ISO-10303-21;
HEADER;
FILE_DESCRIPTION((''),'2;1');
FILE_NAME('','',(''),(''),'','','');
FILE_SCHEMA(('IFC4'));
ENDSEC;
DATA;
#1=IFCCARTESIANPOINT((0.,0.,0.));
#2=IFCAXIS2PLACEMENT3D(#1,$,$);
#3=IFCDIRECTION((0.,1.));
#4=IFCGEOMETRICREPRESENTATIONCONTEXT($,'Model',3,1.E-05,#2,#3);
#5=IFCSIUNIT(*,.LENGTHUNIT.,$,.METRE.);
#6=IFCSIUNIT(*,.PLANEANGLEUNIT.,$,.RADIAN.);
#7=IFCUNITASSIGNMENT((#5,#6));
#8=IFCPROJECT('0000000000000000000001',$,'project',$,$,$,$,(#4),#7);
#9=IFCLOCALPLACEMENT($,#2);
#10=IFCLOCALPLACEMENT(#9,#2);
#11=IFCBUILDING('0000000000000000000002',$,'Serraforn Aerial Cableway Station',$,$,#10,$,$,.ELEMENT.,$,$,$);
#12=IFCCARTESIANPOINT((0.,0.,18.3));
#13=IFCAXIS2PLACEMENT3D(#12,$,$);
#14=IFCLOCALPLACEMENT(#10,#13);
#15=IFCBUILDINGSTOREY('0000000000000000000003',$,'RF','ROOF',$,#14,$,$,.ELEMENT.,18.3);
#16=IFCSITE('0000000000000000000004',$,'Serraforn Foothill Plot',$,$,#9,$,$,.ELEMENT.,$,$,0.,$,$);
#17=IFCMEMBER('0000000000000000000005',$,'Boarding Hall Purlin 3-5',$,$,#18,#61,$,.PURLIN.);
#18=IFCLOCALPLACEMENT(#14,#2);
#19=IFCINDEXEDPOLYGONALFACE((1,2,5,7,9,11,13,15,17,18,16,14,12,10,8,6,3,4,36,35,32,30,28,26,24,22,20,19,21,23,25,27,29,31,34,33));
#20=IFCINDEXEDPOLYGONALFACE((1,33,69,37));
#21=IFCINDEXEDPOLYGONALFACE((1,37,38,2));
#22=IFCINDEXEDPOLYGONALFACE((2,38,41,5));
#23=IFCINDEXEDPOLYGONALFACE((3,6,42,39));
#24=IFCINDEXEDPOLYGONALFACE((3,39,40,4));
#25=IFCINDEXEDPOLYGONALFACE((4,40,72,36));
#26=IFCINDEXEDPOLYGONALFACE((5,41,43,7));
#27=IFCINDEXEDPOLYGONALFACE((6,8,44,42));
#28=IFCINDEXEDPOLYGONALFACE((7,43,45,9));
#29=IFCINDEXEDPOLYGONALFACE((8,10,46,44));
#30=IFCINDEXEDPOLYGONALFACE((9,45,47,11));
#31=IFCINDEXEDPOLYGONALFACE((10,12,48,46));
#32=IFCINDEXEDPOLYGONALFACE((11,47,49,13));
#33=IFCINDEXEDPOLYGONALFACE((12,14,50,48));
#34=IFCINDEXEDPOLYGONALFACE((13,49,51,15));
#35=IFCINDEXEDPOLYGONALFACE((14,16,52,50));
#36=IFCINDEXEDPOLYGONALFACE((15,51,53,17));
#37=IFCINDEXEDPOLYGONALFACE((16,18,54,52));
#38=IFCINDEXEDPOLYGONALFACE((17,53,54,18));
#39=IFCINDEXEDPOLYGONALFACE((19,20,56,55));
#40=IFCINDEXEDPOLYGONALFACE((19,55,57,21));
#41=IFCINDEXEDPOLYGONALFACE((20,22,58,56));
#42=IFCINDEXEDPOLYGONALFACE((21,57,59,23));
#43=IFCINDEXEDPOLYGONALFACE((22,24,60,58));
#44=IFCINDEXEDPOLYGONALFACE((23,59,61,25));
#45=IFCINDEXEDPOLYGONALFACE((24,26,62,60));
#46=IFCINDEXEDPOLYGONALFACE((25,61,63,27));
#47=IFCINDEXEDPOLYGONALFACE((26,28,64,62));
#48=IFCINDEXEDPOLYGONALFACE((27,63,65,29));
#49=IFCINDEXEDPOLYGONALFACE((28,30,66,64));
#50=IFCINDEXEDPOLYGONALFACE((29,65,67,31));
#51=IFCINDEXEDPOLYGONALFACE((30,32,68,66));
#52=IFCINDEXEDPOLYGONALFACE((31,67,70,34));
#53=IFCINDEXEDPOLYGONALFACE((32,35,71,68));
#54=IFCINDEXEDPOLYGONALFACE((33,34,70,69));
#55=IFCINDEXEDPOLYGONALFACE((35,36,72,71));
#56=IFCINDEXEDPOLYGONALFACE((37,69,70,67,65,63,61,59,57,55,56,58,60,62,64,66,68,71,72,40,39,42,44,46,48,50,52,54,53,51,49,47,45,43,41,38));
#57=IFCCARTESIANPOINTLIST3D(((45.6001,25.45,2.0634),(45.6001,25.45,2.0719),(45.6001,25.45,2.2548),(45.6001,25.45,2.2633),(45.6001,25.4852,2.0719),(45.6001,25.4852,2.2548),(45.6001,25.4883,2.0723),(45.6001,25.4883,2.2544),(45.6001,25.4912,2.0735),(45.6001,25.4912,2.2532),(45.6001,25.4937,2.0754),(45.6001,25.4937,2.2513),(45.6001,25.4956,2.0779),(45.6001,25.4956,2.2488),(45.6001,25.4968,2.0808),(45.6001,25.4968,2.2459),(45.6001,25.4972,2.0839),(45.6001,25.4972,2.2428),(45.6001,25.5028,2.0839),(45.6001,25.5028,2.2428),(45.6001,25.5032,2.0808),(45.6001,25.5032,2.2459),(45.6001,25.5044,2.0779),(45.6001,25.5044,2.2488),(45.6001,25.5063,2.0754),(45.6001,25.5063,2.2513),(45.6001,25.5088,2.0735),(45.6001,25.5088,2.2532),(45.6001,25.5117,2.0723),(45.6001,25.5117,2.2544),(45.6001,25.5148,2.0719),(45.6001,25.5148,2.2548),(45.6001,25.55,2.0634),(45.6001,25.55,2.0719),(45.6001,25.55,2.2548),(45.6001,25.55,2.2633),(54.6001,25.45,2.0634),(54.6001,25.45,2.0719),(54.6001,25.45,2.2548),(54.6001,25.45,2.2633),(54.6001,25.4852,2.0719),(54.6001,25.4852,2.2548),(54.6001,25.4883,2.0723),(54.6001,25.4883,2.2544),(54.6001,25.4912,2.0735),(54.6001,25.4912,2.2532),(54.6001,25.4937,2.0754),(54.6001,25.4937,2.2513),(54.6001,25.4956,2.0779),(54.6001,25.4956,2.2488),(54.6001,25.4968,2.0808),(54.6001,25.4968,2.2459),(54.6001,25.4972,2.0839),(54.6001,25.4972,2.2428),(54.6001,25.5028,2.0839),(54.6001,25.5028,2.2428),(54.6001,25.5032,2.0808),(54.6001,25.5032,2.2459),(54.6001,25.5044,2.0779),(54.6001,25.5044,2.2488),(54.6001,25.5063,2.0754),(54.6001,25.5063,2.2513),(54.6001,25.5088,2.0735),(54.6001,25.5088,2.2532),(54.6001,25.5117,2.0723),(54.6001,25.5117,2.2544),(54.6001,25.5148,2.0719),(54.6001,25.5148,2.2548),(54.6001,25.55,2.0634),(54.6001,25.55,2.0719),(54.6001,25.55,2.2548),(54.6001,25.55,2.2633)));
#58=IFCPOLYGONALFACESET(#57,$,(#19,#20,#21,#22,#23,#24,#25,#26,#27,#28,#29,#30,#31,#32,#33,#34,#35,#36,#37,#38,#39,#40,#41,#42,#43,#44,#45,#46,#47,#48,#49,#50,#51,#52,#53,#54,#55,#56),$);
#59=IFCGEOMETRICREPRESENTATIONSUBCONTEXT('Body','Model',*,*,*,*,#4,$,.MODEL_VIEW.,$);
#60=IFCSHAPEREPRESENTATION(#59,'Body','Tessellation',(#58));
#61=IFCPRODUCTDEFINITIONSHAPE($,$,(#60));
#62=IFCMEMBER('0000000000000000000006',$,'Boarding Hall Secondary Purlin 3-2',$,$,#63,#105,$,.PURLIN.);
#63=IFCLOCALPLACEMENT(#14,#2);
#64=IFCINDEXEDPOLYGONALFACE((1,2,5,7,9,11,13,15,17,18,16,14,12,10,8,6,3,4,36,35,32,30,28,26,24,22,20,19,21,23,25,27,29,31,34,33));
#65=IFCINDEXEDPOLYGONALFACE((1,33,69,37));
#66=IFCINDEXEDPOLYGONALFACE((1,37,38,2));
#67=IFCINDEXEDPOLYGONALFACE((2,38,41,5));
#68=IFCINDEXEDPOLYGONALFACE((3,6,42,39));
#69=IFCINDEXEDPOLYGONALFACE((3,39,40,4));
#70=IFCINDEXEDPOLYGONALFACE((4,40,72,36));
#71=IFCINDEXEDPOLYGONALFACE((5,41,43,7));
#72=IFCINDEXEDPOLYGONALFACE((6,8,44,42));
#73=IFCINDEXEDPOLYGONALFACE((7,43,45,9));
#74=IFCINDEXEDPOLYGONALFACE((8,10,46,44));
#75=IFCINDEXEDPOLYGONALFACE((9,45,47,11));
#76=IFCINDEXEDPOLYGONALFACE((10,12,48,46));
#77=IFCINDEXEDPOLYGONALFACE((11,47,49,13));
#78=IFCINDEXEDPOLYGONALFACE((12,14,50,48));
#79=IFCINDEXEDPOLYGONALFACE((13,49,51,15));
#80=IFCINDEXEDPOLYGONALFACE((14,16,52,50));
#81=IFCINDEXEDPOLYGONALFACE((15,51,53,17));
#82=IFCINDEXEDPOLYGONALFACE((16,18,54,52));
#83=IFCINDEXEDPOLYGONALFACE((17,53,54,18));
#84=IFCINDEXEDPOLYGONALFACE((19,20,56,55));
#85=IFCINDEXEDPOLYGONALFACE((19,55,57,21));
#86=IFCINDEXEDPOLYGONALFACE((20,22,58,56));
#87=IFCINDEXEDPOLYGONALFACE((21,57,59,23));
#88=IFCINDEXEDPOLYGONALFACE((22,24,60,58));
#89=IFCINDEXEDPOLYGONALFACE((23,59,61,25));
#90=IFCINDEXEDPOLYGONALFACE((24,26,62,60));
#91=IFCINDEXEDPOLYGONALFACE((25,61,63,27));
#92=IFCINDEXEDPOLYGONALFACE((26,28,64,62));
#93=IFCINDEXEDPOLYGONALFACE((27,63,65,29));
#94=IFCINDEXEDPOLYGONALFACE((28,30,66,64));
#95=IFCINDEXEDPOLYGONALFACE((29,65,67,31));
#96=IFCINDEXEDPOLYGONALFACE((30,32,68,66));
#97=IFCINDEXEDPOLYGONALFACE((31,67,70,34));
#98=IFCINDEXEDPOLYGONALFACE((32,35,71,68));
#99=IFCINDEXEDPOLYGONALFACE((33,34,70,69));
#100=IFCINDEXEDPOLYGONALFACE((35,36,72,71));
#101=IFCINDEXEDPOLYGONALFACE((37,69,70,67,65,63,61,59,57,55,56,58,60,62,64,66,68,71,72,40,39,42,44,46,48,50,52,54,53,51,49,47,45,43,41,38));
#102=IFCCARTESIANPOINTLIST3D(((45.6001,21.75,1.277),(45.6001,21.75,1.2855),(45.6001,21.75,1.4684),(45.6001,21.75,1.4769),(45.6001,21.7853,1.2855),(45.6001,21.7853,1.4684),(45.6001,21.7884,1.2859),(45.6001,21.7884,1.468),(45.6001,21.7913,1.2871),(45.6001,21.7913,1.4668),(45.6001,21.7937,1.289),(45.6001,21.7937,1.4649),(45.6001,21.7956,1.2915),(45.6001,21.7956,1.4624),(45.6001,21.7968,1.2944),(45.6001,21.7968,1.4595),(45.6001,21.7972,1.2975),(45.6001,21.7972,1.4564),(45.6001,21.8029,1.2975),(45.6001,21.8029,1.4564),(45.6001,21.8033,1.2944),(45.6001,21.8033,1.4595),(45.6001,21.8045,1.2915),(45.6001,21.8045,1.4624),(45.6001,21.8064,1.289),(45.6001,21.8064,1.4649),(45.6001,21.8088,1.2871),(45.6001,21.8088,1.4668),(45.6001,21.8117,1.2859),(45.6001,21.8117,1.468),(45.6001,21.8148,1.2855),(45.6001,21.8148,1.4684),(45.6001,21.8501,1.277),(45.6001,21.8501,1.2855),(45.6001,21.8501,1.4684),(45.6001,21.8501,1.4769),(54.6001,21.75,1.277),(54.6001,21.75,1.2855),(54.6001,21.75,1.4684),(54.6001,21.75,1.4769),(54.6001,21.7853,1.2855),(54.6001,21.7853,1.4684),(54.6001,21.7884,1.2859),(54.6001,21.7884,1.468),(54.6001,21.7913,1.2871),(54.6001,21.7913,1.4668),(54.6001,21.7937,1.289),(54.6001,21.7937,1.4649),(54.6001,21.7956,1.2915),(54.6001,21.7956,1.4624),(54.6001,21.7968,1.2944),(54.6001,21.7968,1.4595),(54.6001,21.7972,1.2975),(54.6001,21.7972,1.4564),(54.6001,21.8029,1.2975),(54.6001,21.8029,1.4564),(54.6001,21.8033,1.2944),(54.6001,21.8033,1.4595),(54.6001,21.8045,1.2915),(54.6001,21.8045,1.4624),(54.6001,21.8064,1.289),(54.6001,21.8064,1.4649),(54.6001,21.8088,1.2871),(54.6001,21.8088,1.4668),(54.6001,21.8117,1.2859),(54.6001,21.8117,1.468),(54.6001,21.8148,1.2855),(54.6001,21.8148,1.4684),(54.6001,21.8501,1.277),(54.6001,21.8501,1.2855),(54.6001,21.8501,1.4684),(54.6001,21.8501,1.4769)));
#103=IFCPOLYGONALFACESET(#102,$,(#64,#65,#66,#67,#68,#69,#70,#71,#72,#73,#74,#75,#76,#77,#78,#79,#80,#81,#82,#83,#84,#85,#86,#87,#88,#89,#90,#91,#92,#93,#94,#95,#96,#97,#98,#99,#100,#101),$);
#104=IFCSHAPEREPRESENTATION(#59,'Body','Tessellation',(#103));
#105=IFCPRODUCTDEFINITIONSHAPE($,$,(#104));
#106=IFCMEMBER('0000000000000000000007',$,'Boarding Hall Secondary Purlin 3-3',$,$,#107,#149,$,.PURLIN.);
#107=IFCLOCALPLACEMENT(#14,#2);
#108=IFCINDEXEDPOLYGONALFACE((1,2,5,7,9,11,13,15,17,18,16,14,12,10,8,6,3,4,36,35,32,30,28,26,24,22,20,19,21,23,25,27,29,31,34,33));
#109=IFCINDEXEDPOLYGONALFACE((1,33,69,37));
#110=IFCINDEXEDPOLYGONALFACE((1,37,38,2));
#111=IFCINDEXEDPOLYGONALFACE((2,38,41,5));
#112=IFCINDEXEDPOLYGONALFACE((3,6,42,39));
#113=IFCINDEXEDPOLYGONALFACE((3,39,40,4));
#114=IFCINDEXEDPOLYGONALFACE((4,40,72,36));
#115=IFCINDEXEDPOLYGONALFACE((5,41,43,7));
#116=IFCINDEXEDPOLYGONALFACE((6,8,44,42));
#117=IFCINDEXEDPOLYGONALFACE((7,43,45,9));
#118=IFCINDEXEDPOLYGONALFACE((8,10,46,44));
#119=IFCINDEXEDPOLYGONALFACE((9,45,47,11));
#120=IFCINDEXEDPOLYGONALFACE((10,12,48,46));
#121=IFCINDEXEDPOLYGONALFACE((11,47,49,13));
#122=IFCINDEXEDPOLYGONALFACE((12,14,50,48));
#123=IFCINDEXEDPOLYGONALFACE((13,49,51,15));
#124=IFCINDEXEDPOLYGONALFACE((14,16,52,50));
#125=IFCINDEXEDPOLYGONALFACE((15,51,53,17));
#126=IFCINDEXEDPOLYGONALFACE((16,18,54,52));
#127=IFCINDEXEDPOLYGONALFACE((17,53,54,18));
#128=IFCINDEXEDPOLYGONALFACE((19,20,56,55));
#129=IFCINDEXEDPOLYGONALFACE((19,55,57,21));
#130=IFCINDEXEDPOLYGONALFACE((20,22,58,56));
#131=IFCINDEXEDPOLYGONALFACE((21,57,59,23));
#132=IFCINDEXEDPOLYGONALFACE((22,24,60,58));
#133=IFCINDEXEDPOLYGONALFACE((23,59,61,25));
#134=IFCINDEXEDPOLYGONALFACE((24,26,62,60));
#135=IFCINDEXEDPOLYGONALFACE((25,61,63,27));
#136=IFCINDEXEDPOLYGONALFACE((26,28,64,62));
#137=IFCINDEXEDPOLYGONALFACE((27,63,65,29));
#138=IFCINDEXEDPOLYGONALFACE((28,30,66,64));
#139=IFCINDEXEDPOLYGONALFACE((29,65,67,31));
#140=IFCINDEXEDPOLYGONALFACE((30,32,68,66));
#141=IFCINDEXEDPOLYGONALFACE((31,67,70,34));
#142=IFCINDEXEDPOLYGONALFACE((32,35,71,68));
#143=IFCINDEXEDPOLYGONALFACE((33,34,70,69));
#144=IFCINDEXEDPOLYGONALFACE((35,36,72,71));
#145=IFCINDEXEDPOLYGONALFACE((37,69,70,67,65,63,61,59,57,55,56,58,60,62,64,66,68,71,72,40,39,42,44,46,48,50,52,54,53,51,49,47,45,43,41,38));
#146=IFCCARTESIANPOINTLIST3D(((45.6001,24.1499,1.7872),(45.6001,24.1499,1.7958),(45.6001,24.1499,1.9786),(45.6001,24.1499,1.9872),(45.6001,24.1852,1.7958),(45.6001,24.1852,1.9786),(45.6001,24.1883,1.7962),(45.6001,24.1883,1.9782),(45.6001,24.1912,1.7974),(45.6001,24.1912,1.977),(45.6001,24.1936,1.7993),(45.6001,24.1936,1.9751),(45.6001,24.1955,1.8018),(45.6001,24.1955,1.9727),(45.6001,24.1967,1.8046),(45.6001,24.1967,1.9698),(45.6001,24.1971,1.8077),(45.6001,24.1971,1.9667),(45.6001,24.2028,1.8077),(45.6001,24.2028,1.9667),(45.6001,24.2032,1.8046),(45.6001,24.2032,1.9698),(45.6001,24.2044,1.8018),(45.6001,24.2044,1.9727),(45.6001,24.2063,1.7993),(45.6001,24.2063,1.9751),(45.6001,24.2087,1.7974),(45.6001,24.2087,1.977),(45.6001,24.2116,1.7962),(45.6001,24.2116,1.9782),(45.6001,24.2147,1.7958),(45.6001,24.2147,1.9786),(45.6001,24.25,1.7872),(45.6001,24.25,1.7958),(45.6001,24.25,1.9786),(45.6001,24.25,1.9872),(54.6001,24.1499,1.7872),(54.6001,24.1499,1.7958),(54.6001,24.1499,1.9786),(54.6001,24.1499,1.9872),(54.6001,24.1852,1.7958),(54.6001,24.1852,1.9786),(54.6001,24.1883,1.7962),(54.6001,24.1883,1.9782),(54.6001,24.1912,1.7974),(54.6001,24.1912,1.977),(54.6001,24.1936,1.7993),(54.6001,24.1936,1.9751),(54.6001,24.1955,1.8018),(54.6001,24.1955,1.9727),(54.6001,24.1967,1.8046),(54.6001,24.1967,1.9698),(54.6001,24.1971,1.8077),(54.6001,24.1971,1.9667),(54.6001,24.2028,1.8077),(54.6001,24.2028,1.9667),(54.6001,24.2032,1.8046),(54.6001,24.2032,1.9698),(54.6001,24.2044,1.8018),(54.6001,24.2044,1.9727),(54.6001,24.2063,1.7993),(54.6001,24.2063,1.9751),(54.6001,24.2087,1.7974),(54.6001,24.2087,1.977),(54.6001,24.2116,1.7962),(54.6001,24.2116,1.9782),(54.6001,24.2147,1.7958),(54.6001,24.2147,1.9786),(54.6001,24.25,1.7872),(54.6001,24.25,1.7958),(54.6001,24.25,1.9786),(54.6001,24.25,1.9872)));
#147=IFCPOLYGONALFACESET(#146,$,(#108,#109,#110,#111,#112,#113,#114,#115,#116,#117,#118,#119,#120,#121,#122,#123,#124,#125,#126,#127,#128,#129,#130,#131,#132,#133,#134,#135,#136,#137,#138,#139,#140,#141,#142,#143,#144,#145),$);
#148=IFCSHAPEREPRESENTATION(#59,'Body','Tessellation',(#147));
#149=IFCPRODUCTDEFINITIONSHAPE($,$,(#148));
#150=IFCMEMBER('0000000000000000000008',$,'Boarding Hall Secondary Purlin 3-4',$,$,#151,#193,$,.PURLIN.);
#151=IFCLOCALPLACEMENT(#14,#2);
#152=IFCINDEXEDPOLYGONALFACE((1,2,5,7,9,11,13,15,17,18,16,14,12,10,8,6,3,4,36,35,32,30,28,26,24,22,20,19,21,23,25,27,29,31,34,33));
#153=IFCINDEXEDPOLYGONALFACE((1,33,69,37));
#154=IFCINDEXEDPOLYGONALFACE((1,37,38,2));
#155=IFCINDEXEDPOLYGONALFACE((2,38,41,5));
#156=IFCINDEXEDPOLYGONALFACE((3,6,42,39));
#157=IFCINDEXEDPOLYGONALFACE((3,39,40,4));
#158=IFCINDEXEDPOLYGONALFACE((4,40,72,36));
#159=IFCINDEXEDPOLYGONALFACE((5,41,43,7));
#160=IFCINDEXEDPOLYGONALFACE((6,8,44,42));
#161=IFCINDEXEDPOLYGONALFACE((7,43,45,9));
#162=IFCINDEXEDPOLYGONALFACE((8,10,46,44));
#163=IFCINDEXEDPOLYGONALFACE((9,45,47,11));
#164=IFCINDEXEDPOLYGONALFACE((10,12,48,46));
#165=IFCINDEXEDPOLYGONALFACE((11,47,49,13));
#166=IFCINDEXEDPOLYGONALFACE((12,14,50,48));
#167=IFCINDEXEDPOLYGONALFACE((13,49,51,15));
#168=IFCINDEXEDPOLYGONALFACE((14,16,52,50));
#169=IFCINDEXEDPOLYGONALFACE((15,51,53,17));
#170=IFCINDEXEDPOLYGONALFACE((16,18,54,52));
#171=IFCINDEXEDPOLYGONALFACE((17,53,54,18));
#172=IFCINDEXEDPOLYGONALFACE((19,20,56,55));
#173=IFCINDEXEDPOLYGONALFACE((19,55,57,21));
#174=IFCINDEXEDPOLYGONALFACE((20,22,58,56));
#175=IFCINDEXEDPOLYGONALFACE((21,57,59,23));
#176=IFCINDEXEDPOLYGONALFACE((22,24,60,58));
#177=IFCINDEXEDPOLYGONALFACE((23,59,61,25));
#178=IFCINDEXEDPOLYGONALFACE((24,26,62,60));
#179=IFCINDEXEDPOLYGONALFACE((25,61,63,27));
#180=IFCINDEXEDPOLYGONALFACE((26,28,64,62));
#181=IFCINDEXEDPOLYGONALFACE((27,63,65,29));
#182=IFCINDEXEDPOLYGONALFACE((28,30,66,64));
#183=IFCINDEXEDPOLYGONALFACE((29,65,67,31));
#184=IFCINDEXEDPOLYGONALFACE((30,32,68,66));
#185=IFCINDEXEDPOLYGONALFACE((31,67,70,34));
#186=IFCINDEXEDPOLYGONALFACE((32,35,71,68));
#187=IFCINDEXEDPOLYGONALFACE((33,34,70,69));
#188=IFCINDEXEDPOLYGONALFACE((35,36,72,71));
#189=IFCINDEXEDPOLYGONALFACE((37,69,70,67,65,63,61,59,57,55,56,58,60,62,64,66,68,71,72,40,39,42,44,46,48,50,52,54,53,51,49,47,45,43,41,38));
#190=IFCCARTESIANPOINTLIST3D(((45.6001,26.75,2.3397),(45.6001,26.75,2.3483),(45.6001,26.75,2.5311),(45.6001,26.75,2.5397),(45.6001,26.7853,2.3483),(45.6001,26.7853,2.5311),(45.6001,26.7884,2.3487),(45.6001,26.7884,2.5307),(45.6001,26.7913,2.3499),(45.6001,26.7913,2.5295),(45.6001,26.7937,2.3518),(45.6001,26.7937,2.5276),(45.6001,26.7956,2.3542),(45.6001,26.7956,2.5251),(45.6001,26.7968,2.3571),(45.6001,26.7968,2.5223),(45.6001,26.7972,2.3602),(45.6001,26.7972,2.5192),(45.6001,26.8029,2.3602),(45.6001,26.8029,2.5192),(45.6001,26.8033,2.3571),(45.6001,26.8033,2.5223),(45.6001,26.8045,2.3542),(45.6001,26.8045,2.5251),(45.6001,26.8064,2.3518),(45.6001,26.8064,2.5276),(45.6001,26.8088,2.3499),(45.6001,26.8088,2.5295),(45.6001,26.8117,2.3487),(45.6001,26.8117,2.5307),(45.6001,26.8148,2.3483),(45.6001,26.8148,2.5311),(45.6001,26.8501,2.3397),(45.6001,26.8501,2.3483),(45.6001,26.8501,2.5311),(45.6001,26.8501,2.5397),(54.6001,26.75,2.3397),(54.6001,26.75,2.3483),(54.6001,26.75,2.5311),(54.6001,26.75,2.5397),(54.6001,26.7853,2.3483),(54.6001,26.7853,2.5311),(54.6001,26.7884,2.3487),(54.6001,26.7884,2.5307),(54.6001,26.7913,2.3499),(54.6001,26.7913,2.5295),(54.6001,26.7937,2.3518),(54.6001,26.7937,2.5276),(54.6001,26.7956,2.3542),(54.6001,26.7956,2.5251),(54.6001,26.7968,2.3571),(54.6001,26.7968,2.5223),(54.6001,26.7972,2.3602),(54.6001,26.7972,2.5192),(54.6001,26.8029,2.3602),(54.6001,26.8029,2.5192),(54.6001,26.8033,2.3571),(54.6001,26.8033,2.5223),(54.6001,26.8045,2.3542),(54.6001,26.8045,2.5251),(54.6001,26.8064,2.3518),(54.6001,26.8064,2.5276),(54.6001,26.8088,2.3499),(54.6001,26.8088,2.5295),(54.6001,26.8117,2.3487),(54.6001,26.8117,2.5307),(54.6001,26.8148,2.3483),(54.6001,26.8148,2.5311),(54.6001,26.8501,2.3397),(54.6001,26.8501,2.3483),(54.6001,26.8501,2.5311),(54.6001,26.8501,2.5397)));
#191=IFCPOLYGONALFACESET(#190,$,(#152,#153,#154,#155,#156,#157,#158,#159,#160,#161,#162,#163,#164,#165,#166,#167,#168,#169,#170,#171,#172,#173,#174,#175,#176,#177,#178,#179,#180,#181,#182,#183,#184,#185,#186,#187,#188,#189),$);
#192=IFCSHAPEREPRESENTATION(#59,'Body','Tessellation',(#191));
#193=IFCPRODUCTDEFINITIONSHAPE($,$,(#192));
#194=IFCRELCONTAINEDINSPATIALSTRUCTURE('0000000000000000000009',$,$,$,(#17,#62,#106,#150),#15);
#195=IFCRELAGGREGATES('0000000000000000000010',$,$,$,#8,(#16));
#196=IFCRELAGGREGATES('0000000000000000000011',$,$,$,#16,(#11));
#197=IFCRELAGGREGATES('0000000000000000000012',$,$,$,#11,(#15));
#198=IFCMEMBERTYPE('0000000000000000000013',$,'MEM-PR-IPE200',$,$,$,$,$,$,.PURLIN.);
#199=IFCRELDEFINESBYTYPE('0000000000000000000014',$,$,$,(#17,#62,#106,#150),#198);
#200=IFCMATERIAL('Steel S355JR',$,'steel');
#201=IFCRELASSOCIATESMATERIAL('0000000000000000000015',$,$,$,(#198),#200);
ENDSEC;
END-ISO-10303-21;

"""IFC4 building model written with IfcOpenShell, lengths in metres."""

from ifc_helpers import new_model, si_unit, direction, frame, origin, origin_2d, place, context, subcontext, project, spatial, i_section, extrude, material, material_profile, profile_set, type_object, element, save


model = new_model("IFC4")

# Units and contexts
model_context = context("Model", 3, precision=1e-05, world=origin(), true_north=direction((0.0, 1.0)))
body_context = subcontext(model_context, "Body", "Model", "MODEL_VIEW")
ifc_project = project(units=[si_unit("LENGTHUNIT", "METRE"), si_unit("PLANEANGLEUNIT", "RADIAN")], contexts=[model_context])

# Site, building, storey
site_placement = place(None, origin())
site = spatial("IfcSite", under=ifc_project, at=site_placement, Name="Serraforn Foothill Plot", CompositionType="ELEMENT", RefElevation=0.0)
building_placement = place(site_placement, origin())
building = spatial("IfcBuilding", under=site, at=building_placement, Name="Serraforn Aerial Cableway Station", CompositionType="ELEMENT")
storey_placement = place(building_placement, frame((0.0, 0.0, 18.3)))
storey = spatial("IfcBuildingStorey", under=building, at=storey_placement, Name="RF", Description="ROOF", CompositionType="ELEMENT", Elevation=18.3)

# Members
ifc_material_1 = material(Name="Steel S355JR", Category="steel")
ifc_material_profile_1 = material_profile(ifc_material_1, i_section(OverallWidth=0.1001, OverallDepth=0.2, WebThickness=0.0056, FlangeThickness=0.0085, FilletRadius=0.012, at=origin_2d()), Name="IPE 200")
ifc_profile_set_1 = profile_set([ifc_material_profile_1], Name="Steel S355JR")
member_type_1 = type_object("IfcMemberType", Name="MEM-PR-IPE200", PredefinedType="PURLIN", material=ifc_profile_set_1)
for number, where, z_axis, x_axis, name in (
    (1, (45.6001, 25.5, 2.1633), (1.0, 0.0, 0.0), (0.0, 1.0, 0.0), "Boarding Hall Purlin 3-5"),
    (2, (45.6001, 21.8, 1.377), (1.0, 0.0, 0.0), (0.0, 1.0, 0.0), "Boarding Hall Secondary Purlin 3-2"),
    (3, (45.6001, 24.2, 1.8872), (1.0, 0.0, 0.0), (0.0, 1.0, 0.0), "Boarding Hall Secondary Purlin 3-3"),
    (4, (45.6001, 26.8, 2.4397), (1.0, 0.0, 0.0), (0.0, 1.0, 0.0), "Boarding Hall Secondary Purlin 3-4"),
):
    element("IfcMember", number, at=place(storey_placement, frame(where, z_axis=z_axis, x_axis=x_axis)), inside=storey, type_object=member_type_1, Name=name, PredefinedType="PURLIN", context=body_context, shape_type="SweptSolid", body=[
        extrude(i_section(OverallWidth=0.1001, OverallDepth=0.2, WebThickness=0.0056, FlangeThickness=0.0085, FilletRadius=0.012, at=origin_2d()), origin(), (0.0, 0.0, 1.0), 9.0),
    ])

save(model, "model.ifc")
